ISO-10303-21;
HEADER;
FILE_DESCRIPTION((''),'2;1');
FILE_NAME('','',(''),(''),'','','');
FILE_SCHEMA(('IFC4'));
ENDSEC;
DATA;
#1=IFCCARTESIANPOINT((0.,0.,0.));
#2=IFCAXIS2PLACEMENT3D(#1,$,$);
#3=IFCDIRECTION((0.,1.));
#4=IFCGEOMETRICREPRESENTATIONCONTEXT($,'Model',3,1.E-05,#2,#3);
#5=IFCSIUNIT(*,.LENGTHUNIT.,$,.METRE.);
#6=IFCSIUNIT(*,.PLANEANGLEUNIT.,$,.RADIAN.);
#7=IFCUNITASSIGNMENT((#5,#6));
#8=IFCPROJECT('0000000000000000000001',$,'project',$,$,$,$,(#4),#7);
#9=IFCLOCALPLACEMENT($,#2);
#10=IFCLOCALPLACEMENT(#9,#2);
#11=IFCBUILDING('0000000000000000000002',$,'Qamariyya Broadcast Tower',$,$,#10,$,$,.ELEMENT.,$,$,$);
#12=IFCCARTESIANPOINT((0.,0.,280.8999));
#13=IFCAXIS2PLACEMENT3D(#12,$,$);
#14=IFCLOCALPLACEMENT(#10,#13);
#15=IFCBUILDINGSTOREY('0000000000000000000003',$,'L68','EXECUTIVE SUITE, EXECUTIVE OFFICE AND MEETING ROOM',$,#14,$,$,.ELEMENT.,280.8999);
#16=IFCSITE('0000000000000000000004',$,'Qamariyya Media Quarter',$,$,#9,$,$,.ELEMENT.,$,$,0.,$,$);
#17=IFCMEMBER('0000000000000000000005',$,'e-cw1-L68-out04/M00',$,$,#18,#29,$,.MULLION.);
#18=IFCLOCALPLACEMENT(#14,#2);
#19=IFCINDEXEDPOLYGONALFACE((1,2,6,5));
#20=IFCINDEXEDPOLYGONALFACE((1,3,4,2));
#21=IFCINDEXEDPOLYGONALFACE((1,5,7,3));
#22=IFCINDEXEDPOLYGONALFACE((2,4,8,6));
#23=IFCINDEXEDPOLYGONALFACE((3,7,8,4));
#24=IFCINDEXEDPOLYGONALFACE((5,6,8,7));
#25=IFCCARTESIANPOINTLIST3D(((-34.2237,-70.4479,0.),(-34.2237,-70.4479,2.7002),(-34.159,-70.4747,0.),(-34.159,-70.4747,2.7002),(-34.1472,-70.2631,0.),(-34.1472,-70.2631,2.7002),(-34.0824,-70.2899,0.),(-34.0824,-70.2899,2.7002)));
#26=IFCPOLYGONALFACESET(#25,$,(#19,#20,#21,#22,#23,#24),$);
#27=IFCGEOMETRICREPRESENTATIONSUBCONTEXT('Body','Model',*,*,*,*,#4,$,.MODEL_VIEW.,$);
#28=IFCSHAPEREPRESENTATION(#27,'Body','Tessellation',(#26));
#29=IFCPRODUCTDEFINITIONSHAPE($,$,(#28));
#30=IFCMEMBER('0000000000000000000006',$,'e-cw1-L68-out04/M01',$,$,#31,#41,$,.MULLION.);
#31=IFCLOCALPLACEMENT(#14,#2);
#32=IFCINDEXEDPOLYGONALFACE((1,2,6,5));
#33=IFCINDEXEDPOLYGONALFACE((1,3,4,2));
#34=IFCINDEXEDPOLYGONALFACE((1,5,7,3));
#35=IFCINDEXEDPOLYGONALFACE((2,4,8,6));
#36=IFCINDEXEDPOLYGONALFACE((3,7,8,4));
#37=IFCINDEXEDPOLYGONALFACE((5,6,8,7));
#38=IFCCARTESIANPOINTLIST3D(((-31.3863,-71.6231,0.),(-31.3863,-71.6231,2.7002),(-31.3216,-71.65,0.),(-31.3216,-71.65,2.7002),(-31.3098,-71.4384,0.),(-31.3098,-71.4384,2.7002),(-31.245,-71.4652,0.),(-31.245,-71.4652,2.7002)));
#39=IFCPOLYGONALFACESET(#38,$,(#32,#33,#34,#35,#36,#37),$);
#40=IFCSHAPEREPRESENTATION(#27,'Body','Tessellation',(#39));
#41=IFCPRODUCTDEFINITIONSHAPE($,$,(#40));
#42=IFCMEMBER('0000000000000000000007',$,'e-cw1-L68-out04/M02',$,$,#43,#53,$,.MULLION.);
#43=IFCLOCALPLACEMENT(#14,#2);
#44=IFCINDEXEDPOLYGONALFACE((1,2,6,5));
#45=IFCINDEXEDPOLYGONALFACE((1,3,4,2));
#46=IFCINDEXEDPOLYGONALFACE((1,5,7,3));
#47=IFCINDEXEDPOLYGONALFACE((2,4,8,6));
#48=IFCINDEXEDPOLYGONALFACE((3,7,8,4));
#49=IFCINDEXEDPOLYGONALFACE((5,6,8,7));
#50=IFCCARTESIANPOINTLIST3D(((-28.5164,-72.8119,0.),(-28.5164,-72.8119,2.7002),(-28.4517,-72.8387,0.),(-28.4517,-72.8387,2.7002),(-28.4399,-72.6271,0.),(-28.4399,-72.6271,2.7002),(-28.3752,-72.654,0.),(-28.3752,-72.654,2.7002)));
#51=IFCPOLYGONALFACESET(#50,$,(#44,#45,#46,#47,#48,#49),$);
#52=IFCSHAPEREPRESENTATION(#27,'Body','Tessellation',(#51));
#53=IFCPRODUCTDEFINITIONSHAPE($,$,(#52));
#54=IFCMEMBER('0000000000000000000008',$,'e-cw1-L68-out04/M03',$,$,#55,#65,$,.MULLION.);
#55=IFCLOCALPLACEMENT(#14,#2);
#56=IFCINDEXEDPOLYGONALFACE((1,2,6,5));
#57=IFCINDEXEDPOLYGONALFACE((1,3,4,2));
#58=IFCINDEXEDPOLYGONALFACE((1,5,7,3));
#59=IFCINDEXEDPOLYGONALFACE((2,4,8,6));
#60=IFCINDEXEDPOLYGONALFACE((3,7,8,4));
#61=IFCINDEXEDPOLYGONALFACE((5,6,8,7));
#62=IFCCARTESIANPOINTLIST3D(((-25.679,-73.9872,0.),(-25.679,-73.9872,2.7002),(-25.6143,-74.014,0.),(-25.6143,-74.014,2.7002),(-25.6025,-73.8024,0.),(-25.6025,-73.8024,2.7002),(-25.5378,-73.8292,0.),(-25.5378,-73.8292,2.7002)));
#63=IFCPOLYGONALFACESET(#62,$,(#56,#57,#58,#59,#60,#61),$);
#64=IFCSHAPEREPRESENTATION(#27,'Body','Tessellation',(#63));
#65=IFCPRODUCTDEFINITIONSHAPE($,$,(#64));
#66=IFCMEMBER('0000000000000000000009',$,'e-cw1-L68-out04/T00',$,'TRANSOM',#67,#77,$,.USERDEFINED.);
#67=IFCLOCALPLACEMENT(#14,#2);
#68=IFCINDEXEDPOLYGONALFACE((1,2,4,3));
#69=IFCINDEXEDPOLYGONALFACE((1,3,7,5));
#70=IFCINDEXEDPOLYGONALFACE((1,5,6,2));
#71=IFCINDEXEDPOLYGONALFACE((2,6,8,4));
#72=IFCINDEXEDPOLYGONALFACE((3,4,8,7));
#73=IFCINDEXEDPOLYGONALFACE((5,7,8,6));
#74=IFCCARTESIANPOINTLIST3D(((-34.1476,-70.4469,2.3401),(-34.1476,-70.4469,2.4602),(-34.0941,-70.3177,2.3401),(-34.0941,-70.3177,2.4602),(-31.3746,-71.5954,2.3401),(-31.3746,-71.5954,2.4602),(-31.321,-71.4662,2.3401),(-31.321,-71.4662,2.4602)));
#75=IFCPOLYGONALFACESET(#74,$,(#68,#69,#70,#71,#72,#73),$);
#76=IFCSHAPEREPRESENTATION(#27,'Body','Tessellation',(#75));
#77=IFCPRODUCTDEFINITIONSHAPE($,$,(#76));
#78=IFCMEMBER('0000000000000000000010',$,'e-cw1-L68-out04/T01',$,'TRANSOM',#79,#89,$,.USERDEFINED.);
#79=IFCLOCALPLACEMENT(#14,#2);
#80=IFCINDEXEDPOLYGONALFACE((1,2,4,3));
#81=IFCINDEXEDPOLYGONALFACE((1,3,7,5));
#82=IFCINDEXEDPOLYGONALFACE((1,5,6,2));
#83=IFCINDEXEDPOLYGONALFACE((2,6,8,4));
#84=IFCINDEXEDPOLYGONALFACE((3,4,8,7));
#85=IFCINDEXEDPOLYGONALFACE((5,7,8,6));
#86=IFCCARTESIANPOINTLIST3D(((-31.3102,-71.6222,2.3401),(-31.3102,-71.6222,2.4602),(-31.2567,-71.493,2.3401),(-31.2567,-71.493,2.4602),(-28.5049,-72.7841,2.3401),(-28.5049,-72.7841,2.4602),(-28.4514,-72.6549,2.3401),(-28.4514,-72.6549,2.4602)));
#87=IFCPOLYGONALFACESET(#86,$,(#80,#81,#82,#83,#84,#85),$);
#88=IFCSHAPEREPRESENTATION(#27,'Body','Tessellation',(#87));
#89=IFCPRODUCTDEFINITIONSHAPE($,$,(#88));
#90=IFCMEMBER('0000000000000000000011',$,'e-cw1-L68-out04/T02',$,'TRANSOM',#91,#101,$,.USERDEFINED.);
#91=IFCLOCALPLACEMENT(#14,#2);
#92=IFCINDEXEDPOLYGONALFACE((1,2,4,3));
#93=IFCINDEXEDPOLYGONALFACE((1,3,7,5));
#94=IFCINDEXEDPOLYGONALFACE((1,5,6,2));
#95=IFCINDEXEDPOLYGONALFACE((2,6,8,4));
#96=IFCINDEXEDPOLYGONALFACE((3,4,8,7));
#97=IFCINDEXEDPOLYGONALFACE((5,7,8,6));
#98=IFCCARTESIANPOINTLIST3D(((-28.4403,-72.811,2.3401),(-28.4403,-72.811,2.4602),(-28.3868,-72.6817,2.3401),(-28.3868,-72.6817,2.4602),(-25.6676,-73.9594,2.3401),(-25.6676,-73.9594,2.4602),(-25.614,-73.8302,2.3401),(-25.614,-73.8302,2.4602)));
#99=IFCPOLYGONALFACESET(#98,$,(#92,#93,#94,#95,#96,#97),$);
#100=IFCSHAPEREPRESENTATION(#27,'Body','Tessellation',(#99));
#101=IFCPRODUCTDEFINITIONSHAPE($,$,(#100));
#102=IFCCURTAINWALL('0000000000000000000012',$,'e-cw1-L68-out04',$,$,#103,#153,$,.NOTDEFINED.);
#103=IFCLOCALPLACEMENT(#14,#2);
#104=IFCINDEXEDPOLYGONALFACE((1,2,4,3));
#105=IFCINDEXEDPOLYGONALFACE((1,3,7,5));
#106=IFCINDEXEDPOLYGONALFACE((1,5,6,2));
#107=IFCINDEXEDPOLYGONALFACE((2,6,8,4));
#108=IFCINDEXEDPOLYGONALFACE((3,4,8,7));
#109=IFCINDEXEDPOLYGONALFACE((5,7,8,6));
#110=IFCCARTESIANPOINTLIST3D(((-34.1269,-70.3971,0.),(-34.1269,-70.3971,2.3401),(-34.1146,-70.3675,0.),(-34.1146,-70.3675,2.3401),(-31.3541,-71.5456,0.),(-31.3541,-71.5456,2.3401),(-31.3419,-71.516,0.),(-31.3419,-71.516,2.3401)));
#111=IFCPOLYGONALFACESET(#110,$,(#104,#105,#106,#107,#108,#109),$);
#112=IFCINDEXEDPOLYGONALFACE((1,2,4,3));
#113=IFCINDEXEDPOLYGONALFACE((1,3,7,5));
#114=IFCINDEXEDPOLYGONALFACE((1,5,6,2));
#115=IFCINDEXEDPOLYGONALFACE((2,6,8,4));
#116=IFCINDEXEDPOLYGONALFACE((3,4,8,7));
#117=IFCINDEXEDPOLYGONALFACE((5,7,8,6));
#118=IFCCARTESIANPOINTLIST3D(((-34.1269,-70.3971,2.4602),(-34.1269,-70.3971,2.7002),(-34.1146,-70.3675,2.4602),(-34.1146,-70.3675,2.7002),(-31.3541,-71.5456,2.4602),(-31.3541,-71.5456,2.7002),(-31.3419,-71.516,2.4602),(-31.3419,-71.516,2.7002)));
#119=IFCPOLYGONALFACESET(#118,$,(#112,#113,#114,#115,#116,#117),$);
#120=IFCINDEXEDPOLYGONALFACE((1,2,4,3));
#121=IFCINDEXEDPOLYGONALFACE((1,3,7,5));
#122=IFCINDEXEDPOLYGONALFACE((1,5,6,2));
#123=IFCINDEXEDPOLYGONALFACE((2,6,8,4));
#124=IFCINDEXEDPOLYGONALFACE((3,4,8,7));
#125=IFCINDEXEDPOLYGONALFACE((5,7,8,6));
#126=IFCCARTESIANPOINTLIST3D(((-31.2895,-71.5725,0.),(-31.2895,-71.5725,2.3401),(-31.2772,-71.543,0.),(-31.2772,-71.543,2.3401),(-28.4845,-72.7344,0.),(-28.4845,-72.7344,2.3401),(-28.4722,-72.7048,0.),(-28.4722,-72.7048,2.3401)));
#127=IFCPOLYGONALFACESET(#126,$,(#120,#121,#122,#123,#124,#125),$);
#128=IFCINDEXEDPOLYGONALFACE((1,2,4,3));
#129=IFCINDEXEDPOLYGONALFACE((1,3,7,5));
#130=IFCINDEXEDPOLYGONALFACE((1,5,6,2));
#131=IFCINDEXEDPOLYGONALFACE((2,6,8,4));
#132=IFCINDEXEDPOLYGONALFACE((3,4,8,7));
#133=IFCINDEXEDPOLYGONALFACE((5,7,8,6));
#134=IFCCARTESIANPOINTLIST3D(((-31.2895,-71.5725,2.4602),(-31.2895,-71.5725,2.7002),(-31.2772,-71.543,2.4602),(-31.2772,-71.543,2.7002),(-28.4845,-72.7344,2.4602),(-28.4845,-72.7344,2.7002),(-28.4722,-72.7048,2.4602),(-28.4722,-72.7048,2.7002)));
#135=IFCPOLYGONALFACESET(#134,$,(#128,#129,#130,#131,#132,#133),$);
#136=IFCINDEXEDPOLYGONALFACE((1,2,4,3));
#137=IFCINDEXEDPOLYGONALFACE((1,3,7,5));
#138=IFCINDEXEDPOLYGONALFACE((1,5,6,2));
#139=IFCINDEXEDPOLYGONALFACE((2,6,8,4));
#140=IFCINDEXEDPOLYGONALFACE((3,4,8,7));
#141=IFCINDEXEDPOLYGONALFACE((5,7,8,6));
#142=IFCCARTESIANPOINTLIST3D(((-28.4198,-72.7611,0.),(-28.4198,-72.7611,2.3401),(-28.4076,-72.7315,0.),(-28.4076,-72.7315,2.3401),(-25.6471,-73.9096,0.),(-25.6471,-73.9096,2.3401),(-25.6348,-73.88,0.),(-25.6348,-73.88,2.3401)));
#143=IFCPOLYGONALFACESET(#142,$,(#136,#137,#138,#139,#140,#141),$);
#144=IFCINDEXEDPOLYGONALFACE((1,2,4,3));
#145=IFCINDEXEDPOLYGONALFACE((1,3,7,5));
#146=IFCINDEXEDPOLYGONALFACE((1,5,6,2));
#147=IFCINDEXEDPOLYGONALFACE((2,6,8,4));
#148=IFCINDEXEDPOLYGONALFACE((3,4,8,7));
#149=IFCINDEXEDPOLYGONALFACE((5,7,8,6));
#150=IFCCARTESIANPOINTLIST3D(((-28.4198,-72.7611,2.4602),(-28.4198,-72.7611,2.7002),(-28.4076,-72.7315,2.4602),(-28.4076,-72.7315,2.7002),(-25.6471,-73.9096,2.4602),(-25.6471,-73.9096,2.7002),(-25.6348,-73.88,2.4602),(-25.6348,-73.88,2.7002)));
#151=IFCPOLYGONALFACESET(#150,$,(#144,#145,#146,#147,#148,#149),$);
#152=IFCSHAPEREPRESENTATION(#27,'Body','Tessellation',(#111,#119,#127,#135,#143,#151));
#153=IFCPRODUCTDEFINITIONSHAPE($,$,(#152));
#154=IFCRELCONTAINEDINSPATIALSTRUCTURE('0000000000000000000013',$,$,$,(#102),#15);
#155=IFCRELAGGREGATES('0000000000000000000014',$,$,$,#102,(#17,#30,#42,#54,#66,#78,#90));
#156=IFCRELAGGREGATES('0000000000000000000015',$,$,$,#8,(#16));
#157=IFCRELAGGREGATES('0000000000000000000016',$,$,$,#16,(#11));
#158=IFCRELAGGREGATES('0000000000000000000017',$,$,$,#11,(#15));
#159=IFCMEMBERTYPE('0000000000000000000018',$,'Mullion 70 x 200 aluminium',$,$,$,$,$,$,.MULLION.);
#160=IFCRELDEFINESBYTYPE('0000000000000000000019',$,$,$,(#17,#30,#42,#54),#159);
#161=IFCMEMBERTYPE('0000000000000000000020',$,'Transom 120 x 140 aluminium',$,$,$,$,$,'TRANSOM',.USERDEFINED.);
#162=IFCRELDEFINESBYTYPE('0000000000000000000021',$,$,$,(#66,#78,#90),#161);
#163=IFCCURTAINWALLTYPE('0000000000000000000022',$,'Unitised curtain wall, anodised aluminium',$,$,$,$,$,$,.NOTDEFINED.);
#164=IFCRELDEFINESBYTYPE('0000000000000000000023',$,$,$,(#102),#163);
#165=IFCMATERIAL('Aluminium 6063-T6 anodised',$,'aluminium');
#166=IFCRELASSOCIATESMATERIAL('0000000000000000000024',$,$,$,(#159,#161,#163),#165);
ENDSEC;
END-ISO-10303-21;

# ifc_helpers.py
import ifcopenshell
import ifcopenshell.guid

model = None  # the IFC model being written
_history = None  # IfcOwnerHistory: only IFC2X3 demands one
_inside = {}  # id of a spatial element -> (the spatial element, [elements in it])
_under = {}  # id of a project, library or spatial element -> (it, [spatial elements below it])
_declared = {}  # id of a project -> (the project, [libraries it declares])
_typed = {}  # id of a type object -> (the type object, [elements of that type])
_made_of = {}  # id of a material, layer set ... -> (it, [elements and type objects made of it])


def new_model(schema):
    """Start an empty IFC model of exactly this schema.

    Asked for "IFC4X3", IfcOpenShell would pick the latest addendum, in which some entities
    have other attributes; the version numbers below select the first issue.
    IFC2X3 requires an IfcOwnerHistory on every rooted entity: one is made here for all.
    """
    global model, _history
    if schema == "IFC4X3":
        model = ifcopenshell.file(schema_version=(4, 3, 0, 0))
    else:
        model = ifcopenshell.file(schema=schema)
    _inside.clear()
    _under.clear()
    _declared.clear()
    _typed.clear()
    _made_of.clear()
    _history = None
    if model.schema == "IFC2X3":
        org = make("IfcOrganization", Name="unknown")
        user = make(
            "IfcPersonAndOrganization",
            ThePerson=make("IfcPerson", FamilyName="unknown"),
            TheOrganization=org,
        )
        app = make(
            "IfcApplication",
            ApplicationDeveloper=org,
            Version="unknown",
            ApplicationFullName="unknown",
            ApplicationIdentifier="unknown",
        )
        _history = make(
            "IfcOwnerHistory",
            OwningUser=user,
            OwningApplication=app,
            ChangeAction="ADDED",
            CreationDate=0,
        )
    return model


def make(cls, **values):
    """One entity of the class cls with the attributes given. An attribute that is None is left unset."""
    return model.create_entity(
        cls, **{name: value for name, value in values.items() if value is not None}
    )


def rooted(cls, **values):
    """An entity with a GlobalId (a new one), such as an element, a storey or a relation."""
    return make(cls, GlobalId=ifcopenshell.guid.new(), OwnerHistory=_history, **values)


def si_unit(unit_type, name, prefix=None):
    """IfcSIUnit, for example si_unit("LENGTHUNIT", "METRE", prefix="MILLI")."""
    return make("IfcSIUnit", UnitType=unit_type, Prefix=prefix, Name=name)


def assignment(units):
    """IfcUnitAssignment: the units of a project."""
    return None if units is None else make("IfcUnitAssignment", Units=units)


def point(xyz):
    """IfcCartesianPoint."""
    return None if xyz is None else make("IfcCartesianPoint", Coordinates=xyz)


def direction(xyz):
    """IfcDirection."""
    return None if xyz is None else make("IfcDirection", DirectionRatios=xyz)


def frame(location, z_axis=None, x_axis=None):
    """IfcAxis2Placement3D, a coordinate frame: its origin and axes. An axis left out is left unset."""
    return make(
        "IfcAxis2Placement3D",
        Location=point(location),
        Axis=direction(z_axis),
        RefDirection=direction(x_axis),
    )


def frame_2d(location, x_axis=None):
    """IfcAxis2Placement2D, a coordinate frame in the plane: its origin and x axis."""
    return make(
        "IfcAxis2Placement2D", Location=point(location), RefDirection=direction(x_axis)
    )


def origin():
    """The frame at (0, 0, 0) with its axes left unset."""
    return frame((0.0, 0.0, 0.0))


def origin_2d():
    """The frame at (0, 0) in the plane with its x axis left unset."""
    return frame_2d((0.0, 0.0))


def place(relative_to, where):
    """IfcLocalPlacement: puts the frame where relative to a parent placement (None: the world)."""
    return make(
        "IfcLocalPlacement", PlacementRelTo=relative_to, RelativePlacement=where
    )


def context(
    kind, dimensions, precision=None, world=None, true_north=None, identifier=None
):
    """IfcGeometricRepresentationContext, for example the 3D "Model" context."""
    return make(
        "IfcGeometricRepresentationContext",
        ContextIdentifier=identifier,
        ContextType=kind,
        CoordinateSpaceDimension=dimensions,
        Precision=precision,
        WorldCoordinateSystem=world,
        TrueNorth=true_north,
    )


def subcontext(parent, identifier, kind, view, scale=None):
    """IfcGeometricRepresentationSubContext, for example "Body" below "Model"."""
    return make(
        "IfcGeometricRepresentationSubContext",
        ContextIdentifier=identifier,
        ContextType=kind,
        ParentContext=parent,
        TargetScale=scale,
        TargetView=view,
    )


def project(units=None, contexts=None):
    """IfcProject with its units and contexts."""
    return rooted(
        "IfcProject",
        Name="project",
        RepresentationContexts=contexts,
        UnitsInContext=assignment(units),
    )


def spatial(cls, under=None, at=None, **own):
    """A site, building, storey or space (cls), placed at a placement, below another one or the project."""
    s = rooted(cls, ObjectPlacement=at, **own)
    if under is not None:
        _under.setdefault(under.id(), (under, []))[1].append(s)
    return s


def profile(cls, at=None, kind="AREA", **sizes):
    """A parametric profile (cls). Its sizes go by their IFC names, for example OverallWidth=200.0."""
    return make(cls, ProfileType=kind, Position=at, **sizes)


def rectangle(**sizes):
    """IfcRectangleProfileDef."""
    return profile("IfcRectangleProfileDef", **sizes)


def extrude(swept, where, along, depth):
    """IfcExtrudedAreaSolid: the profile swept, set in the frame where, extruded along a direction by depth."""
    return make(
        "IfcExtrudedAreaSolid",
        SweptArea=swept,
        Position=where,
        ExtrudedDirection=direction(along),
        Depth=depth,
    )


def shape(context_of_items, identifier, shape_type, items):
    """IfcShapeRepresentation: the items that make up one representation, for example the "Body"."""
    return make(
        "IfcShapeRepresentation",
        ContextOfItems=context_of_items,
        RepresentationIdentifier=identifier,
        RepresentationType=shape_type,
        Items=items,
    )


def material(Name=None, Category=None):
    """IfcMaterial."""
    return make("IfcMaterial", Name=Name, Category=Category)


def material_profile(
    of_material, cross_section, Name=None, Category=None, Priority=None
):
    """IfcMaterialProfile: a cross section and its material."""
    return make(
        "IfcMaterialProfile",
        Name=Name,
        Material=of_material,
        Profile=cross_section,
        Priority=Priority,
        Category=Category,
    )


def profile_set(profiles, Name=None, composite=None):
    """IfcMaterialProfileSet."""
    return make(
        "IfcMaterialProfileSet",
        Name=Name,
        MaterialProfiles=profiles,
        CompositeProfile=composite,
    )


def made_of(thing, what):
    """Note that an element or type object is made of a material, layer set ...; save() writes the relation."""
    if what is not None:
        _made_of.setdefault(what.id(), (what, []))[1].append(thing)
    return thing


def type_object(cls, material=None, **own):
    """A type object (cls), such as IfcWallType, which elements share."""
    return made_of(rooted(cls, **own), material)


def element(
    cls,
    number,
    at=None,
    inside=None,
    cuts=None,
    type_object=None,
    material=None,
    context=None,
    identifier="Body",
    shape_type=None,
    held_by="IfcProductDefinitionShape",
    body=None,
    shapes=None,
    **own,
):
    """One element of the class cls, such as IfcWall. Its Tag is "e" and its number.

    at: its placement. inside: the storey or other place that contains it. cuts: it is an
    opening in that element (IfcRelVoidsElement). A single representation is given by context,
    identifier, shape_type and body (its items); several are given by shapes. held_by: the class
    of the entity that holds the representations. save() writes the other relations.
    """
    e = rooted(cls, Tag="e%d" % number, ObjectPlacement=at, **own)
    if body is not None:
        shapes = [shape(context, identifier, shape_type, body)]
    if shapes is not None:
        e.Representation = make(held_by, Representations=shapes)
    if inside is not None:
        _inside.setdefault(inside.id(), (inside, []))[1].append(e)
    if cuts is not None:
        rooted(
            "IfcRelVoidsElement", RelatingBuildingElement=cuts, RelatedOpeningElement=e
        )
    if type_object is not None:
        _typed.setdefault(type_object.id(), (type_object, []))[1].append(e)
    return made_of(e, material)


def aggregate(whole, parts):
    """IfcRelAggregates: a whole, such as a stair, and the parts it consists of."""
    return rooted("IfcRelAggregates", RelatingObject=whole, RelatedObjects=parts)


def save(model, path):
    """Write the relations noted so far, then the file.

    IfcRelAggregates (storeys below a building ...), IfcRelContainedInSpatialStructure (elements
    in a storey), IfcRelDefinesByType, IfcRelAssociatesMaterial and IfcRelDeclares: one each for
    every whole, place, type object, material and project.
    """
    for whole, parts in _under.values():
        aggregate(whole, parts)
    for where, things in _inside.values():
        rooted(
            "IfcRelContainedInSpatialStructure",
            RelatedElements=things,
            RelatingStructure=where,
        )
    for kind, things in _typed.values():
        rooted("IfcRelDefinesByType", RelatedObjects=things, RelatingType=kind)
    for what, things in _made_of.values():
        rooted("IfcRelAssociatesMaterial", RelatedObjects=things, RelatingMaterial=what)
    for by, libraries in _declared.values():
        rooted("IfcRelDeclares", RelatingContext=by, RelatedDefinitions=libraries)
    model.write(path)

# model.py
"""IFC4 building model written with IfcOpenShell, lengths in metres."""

from ifc_helpers import new_model, si_unit, direction, frame, origin, origin_2d, place, context, subcontext, project, spatial, rectangle, extrude, material, material_profile, profile_set, type_object, element, aggregate, save


model = new_model("IFC4")

# Units and contexts
model_context = context("Model", 3, precision=1e-05, world=origin(), true_north=direction((0.0, 1.0)))
body_context = subcontext(model_context, "Body", "Model", "MODEL_VIEW")
ifc_project = project(units=[si_unit("LENGTHUNIT", "METRE"), si_unit("PLANEANGLEUNIT", "RADIAN")], contexts=[model_context])

# Members
ifc_material = material(Name="Aluminium 6063-T6 anodised", Category="aluminium")
ifc_material_profile_1 = material_profile(ifc_material, rectangle(XDim=0.2, YDim=0.0701, at=origin_2d()))
ifc_profile_set_1 = profile_set([ifc_material_profile_1], Name="Aluminium 6063-T6 anodised")
member_type_1 = type_object("IfcMemberType", Name="Mullion 70 x 200 aluminium", PredefinedType="MULLION", material=ifc_profile_set_1)
site_placement = place(None, origin())
building_placement = place(site_placement, origin())
storey_placement = place(building_placement, frame((0.0, 0.0, 280.8999)))
member_1_placement = place(storey_placement, frame((-34.1531, -70.3689, 0.0), z_axis=(0.0, 0.0, 1.0), x_axis=(0.382683, 0.92388, 0.0)))
member_1 = element("IfcMember", 1, at=member_1_placement, type_object=member_type_1, Name="e-cw1-L68-out04/M00", PredefinedType="MULLION", context=body_context, shape_type="SweptSolid", body=[
    extrude(rectangle(XDim=0.2, YDim=0.0701, at=origin_2d()), origin(), (0.0, 0.0, 1.0), 2.7002),
])
member_2_placement = place(storey_placement, frame((-31.3157, -71.5442, 0.0), z_axis=(0.0, 0.0, 1.0), x_axis=(0.382683, 0.92388, 0.0)))
member_2 = element("IfcMember", 2, at=member_2_placement, type_object=member_type_1, Name="e-cw1-L68-out04/M01", PredefinedType="MULLION", context=body_context, shape_type="SweptSolid", body=[
    extrude(rectangle(XDim=0.2, YDim=0.0701, at=origin_2d()), origin(), (0.0, 0.0, 1.0), 2.7002),
])
member_3_placement = place(storey_placement, frame((-28.4458, -72.7329, 0.0), z_axis=(0.0, 0.0, 1.0), x_axis=(0.382683, 0.92388, 0.0)))
member_3 = element("IfcMember", 3, at=member_3_placement, type_object=member_type_1, Name="e-cw1-L68-out04/M02", PredefinedType="MULLION", context=body_context, shape_type="SweptSolid", body=[
    extrude(rectangle(XDim=0.2, YDim=0.0701, at=origin_2d()), origin(), (0.0, 0.0, 1.0), 2.7002),
])
member_4_placement = place(storey_placement, frame((-25.6084, -73.9082, 0.0), z_axis=(0.0, 0.0, 1.0), x_axis=(0.382683, 0.92388, 0.0)))
member_4 = element("IfcMember", 4, at=member_4_placement, type_object=member_type_1, Name="e-cw1-L68-out04/M03", PredefinedType="MULLION", context=body_context, shape_type="SweptSolid", body=[
    extrude(rectangle(XDim=0.2, YDim=0.0701, at=origin_2d()), origin(), (0.0, 0.0, 1.0), 2.7002),
])
ifc_material_profile_2 = material_profile(ifc_material, rectangle(XDim=0.1399, YDim=0.1201, at=origin_2d()))
ifc_profile_set_2 = profile_set([ifc_material_profile_2], Name="Aluminium 6063-T6 anodised")
member_type_2 = type_object("IfcMemberType", Name="Transom 120 x 140 aluminium", ElementType="TRANSOM", PredefinedType="USERDEFINED", material=ifc_profile_set_2)
member_5_placement = place(storey_placement, frame((-34.1208, -70.3823, 2.4001), z_axis=(0.923898, -0.382639, 0.0), x_axis=(0.382639, 0.923898, 0.0)))
member_5 = element("IfcMember", 5, at=member_5_placement, type_object=member_type_2, Name="e-cw1-L68-out04/T00", ObjectType="TRANSOM", PredefinedType="USERDEFINED", context=body_context, shape_type="SweptSolid", body=[
    extrude(rectangle(XDim=0.1399, YDim=0.1201, at=origin_2d()), origin(), (0.0, 0.0, 1.0), 3.0015),
])
member_6_placement = place(storey_placement, frame((-31.2834, -71.5576, 2.4001), z_axis=(0.923888, -0.382662, 0.0), x_axis=(0.382662, 0.923888, 0.0)))
member_6 = element("IfcMember", 6, at=member_6_placement, type_object=member_type_2, Name="e-cw1-L68-out04/T01", ObjectType="TRANSOM", PredefinedType="USERDEFINED", context=body_context, shape_type="SweptSolid", body=[
    extrude(rectangle(XDim=0.1399, YDim=0.1201, at=origin_2d()), origin(), (0.0, 0.0, 1.0), 3.0364),
])
member_7_placement = place(storey_placement, frame((-28.4136, -72.7463, 2.4001), z_axis=(0.923886, -0.382668, 0.0), x_axis=(0.382668, 0.923886, 0.0)))
member_7 = element("IfcMember", 7, at=member_7_placement, type_object=member_type_2, Name="e-cw1-L68-out04/T02", ObjectType="TRANSOM", PredefinedType="USERDEFINED", context=body_context, shape_type="SweptSolid", body=[
    extrude(rectangle(XDim=0.1399, YDim=0.1201, at=origin_2d()), origin(), (0.0, 0.0, 1.0), 3.0012),
])

# Site, building, storey
site = spatial("IfcSite", under=ifc_project, at=site_placement, Name="Qamariyya Media Quarter", CompositionType="ELEMENT", RefElevation=0.0)
building = spatial("IfcBuilding", under=site, at=building_placement, Name="Qamariyya Broadcast Tower", CompositionType="ELEMENT")
storey = spatial("IfcBuildingStorey", under=building, at=storey_placement, Name="L68", Description="EXECUTIVE SUITE, EXECUTIVE OFFICE AND MEETING ROOM", CompositionType="ELEMENT", Elevation=280.8999)

# Curtain wall
curtain_wall_type = type_object("IfcCurtainWallType", Name="Unitised curtain wall, anodised aluminium", PredefinedType="NOTDEFINED", material=ifc_material)
curtain_wall_1_placement = place(storey_placement, origin())
curtain_wall_1 = element("IfcCurtainWall", 8, at=curtain_wall_1_placement, inside=storey, type_object=curtain_wall_type, Name="e-cw1-L68-out04", PredefinedType="NOTDEFINED", context=body_context, shape_type="SweptSolid", body=[
    extrude(rectangle(XDim=3.0012, YDim=0.032, at=origin_2d()), frame((-32.7344, -70.9565, 0.0), x_axis=(0.923878, -0.382687, 0.0)), (0.0, 0.0, 1.0), 2.3401),
    extrude(rectangle(XDim=3.0012, YDim=0.032, at=origin_2d()), frame((-32.7344, -70.9565, 2.4602), x_axis=(0.923878, -0.382687, 0.0)), (0.0, 0.0, 1.0), 0.24),
    extrude(rectangle(XDim=3.0361, YDim=0.032, at=origin_2d()), frame((-29.8809, -72.1387, 0.0), x_axis=(0.923878, -0.382687, 0.0)), (0.0, 0.0, 1.0), 2.3401),
    extrude(rectangle(XDim=3.0361, YDim=0.032, at=origin_2d()), frame((-29.8809, -72.1387, 2.4602), x_axis=(0.923878, -0.382687, 0.0)), (0.0, 0.0, 1.0), 0.24),
    extrude(rectangle(XDim=3.0012, YDim=0.032, at=origin_2d()), frame((-27.0273, -73.3206, 0.0), x_axis=(0.923878, -0.382687, 0.0)), (0.0, 0.0, 1.0), 2.3401),
    extrude(rectangle(XDim=3.0012, YDim=0.032, at=origin_2d()), frame((-27.0273, -73.3206, 2.4602), x_axis=(0.923878, -0.382687, 0.0)), (0.0, 0.0, 1.0), 0.24),
])
aggregate(curtain_wall_1, [member_1, member_2, member_3, member_4, member_5, member_6, member_7])

save(model, "model.ifc")
